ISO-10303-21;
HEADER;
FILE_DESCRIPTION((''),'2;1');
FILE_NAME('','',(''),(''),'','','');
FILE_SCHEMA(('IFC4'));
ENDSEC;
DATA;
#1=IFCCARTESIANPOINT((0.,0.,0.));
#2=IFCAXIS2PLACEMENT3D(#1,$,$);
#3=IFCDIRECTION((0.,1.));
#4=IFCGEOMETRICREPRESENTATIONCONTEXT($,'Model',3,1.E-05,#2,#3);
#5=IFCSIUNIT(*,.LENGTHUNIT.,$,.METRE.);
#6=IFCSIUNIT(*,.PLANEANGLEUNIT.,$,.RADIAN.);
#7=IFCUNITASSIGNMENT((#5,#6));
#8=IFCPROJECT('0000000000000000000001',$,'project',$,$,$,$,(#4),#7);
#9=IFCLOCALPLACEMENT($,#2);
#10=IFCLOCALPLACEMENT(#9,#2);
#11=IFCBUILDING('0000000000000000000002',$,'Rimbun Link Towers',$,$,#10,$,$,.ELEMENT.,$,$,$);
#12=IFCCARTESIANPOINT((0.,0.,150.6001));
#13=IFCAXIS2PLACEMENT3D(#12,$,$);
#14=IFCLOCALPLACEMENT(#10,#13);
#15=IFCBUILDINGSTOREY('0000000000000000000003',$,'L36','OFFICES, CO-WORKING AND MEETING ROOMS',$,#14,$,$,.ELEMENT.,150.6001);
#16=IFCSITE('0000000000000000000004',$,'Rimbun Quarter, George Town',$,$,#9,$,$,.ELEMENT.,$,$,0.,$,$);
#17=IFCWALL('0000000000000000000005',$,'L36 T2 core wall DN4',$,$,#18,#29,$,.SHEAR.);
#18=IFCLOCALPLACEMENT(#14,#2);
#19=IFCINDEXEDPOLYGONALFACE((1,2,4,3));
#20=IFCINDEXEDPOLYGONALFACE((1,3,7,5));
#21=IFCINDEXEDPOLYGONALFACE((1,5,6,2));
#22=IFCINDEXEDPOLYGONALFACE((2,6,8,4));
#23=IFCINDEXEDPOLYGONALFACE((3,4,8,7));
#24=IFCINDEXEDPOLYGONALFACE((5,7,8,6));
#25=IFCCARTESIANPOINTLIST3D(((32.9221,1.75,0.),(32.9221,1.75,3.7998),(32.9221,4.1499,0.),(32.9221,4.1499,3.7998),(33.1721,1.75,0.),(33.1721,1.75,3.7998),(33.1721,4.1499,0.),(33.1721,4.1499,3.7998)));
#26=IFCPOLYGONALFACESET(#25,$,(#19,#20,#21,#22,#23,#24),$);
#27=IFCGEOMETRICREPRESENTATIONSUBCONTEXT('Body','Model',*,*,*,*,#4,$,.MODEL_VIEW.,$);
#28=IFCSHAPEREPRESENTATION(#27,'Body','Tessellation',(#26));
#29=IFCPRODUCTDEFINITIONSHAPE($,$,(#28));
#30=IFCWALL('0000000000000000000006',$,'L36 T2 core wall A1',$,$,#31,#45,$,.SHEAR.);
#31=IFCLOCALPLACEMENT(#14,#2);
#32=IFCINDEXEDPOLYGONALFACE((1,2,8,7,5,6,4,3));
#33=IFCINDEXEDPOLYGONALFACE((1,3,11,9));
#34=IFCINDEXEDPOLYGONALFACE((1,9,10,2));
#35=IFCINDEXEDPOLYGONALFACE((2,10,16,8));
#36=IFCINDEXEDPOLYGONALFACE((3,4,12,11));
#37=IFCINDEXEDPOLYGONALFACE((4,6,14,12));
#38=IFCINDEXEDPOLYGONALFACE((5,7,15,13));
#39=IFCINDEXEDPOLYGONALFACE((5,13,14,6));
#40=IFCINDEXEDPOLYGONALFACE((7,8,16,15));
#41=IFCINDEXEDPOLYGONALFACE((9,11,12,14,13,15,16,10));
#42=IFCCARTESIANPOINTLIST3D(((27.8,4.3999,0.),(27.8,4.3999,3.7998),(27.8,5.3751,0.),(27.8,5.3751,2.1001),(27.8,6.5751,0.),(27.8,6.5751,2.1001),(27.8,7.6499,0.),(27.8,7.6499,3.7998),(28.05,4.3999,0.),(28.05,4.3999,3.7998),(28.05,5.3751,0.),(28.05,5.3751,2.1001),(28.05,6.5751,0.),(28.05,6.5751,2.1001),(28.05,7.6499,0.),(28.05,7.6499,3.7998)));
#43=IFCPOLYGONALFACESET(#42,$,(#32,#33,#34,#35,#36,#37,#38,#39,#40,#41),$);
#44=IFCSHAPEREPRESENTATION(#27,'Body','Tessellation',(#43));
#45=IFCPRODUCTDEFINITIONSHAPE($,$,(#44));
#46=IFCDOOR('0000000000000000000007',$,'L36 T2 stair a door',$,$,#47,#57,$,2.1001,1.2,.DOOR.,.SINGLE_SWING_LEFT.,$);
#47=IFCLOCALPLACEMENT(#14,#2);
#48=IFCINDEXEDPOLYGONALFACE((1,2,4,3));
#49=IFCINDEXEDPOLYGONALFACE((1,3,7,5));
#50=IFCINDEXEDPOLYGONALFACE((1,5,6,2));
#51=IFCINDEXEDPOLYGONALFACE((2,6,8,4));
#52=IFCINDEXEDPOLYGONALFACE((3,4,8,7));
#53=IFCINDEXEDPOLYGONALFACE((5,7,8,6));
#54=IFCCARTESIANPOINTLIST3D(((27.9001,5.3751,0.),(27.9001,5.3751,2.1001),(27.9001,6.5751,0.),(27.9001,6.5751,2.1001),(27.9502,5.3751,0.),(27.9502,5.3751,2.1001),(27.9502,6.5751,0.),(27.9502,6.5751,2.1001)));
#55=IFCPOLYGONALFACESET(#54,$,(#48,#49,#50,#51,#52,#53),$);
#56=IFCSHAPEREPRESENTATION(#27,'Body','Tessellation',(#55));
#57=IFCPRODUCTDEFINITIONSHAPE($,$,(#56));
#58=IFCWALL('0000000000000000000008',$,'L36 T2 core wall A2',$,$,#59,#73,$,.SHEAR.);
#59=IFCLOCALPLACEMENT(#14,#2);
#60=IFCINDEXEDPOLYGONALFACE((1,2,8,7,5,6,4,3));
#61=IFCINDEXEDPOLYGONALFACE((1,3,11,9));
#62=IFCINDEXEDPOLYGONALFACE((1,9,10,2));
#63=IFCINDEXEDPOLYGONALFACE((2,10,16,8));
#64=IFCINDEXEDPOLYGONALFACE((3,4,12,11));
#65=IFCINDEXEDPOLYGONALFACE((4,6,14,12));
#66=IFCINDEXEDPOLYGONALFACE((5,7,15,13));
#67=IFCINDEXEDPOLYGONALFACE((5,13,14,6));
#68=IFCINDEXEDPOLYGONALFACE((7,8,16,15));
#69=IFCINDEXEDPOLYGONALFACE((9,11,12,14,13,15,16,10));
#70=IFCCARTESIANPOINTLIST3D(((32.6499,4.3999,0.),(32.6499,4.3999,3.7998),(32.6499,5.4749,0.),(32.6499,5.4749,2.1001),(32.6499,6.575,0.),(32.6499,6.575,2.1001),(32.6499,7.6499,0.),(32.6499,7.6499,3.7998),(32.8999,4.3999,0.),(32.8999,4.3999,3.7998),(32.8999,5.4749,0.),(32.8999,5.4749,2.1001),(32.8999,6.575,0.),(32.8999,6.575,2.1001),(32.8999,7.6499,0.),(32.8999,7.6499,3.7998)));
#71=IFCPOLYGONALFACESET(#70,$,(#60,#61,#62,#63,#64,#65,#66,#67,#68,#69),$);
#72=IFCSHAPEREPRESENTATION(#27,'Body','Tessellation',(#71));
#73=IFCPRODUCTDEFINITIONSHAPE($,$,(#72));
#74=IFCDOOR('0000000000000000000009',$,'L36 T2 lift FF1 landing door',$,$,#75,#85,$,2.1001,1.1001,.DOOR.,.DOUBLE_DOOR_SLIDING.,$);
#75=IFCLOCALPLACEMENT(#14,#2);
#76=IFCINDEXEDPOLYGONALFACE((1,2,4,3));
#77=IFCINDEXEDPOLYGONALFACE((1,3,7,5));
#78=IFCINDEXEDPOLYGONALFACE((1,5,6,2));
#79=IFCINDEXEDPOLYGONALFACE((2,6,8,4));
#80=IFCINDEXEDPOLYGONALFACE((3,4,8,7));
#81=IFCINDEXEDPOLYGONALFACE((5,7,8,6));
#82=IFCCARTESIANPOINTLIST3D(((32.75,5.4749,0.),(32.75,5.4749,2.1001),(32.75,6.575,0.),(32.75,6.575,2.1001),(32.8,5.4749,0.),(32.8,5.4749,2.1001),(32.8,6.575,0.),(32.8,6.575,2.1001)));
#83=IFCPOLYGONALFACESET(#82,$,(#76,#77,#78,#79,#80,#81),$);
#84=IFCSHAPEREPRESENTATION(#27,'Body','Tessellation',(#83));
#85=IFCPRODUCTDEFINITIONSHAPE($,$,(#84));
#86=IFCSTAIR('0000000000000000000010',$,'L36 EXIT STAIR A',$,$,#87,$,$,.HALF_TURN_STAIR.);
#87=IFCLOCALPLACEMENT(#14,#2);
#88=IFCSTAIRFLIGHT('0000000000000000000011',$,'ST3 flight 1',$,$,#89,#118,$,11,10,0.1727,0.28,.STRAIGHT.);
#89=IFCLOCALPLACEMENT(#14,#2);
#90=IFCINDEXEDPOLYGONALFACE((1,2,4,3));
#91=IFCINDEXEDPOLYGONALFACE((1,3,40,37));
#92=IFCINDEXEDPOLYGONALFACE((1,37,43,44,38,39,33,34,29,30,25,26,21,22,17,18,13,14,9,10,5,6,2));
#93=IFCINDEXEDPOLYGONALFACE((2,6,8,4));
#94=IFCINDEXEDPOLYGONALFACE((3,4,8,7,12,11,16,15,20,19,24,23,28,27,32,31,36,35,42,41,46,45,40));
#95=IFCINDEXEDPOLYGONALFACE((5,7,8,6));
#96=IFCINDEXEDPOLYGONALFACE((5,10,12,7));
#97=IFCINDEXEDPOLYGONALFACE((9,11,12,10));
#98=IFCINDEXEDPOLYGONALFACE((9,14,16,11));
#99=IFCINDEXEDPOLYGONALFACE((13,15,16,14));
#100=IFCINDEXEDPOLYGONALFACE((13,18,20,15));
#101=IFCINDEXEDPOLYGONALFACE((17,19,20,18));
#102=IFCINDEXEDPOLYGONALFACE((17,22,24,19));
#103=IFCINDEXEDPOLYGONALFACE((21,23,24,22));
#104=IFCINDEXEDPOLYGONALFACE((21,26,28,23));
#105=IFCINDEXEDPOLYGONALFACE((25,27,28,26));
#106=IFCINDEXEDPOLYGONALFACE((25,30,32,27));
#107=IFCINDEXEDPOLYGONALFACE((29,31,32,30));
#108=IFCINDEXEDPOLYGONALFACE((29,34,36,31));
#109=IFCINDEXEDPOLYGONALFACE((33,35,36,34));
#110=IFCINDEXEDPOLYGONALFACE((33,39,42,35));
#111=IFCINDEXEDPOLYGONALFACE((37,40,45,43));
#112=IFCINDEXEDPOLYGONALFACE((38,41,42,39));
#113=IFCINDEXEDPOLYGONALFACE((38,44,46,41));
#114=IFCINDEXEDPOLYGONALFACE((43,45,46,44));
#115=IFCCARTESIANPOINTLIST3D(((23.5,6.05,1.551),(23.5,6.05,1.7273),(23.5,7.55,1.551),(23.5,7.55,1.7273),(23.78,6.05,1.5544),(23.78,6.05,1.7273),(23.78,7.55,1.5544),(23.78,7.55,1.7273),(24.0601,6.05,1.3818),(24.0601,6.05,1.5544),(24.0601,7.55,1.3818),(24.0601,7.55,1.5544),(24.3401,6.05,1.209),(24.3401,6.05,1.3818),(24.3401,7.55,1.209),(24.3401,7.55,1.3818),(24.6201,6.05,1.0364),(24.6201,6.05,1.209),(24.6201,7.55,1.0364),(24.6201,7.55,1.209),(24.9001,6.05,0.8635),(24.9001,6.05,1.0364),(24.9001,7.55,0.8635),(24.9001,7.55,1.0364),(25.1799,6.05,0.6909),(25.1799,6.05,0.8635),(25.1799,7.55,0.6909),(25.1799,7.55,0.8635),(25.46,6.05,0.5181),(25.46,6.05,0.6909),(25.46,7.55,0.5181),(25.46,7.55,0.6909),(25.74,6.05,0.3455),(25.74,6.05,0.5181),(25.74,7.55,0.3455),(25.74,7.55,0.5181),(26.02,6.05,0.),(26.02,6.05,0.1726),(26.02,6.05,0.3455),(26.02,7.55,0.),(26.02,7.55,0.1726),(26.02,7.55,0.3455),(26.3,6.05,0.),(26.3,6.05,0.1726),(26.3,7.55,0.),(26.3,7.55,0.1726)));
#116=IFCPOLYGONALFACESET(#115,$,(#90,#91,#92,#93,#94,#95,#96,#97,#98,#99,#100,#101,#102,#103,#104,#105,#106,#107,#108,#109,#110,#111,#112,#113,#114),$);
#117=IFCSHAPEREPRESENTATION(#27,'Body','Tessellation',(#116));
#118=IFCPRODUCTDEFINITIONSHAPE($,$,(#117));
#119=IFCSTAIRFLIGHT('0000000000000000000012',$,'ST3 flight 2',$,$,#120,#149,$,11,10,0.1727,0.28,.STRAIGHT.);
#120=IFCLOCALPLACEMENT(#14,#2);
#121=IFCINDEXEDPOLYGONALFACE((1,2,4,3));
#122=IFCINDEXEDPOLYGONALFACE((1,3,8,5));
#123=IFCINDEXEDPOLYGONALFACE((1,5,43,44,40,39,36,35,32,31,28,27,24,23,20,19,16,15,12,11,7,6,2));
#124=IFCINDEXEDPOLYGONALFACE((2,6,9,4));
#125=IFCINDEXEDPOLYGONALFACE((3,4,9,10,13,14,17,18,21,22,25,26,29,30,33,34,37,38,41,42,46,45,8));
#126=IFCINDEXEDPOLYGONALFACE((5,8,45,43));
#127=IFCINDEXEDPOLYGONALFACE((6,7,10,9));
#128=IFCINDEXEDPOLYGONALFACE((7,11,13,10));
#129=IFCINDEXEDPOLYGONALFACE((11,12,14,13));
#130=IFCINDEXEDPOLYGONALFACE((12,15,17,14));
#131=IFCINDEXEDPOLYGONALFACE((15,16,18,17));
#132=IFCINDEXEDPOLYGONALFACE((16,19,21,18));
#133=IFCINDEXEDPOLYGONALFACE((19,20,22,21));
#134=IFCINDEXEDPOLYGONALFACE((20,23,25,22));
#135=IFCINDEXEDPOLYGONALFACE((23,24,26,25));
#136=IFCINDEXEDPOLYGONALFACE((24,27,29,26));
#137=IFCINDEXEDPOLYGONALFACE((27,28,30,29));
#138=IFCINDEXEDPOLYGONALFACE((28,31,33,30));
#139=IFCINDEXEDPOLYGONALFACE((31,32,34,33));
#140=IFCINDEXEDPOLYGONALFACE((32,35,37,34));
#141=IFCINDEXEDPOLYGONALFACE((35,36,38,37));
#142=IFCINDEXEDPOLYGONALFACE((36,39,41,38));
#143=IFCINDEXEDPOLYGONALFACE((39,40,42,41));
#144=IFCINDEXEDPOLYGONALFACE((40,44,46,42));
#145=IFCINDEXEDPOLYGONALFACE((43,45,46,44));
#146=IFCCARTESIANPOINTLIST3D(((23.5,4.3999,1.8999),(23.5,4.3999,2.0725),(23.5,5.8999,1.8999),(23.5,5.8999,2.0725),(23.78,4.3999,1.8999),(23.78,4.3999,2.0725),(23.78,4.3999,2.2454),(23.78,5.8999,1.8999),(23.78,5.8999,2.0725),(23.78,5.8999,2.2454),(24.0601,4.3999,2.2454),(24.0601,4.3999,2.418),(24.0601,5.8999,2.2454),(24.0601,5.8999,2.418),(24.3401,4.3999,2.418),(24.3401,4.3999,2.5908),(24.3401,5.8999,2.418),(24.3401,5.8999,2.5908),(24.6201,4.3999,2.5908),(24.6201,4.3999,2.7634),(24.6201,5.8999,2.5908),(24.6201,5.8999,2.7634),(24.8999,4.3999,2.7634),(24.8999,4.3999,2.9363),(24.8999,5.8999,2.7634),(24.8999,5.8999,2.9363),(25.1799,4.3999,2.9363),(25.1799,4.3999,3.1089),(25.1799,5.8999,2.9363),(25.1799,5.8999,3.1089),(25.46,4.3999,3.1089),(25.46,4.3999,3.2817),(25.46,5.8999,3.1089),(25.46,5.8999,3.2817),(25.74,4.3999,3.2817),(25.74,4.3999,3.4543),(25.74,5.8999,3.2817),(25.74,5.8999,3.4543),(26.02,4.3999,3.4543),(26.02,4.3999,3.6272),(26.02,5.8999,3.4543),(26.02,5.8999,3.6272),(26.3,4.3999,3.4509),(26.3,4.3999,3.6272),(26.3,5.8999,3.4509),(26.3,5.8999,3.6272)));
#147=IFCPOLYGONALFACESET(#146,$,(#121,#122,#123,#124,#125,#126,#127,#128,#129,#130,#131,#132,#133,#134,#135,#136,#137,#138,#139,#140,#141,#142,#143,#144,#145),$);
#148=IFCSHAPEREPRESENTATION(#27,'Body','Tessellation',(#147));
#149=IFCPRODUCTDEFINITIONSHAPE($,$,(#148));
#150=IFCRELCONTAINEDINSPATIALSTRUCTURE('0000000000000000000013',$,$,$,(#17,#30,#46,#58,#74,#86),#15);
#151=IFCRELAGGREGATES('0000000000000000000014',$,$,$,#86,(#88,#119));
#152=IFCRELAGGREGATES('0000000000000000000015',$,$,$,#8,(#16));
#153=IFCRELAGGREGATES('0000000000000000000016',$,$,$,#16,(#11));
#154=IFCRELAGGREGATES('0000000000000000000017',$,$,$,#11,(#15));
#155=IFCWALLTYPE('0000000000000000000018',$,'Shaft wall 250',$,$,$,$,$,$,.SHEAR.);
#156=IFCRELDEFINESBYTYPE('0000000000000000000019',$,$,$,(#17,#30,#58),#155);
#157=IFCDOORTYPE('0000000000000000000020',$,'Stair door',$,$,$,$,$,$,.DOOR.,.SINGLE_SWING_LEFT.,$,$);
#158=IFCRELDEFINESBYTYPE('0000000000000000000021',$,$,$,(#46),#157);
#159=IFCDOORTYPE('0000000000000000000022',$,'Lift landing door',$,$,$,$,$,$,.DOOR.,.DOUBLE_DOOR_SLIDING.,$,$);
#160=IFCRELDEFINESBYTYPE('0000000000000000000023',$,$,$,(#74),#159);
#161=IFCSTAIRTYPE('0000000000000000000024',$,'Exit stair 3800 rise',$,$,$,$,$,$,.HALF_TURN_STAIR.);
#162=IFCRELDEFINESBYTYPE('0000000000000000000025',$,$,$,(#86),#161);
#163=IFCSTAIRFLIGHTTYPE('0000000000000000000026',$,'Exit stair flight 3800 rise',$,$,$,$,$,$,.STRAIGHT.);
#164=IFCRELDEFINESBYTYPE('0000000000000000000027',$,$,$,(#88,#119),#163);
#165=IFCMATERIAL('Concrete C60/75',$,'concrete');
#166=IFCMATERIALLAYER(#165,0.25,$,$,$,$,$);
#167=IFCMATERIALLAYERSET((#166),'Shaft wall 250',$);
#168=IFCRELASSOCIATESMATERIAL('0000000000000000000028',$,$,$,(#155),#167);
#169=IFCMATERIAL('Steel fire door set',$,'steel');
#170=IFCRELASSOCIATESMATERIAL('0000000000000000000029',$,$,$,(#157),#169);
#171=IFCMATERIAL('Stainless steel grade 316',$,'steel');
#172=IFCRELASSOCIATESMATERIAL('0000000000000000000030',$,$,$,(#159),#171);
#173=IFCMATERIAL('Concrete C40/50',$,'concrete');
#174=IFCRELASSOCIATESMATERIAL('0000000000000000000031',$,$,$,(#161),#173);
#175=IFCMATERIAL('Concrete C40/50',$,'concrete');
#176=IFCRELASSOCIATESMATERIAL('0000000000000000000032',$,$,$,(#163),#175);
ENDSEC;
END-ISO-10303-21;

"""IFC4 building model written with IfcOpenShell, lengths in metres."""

from ifc_helpers import new_model, si_unit, direction, frame, frame_2d, origin, place, context, subcontext, project, spatial, polyline, rectangle, outline, extrude, material, layer, layer_set, type_object, element, fill, aggregate, save


model = new_model("IFC4")

# Units and contexts
model_context = context("Model", 3, precision=1e-05, world=origin(), true_north=direction((0.0, 1.0)))
body_context = subcontext(model_context, "Body", "Model", "MODEL_VIEW")
ifc_project = project(units=[si_unit("LENGTHUNIT", "METRE"), si_unit("PLANEANGLEUNIT", "RADIAN")], contexts=[model_context])

# Site, building, storey
site_placement = place(None, origin())
site = spatial("IfcSite", under=ifc_project, at=site_placement, Name="Rimbun Quarter, George Town", CompositionType="ELEMENT", RefElevation=0.0)
building_placement = place(site_placement, origin())
building = spatial("IfcBuilding", under=site, at=building_placement, Name="Rimbun Link Towers", CompositionType="ELEMENT")
storey_placement = place(building_placement, frame((0.0, 0.0, 150.6001)))
storey = spatial("IfcBuildingStorey", under=building, at=storey_placement, Name="L36", Description="OFFICES, CO-WORKING AND MEETING ROOMS", CompositionType="ELEMENT", Elevation=150.6001)

# Shared definitions
ifc_material_1 = material(Name="Concrete C60/75", Category="concrete")
ifc_layer = layer(ifc_material_1, 0.25)
ifc_layer_set = layer_set([ifc_layer], Name="Shaft wall 250")
wall_type = type_object("IfcWallType", Name="Shaft wall 250", PredefinedType="SHEAR", material=ifc_layer_set)

# Wall
wall_1_placement = place(storey_placement, frame((33.0471, 1.75, 0.0), z_axis=(0.0, 0.0, 1.0), x_axis=(0.0, 1.0, 0.0)))
element("IfcWall", 1, at=wall_1_placement, inside=storey, type_object=wall_type, Name="L36 T2 core wall DN4", PredefinedType="SHEAR", context=body_context, shape_type="SweptSolid", body=[
    extrude(rectangle(XDim=2.3999, YDim=0.25, at=frame_2d((1.2, 0.0))), origin(), (0.0, 0.0, 1.0), 3.7998),
])

# Walls, openings, doors
wall_2_placement = place(storey_placement, frame((27.925, 4.3999, 0.0), z_axis=(0.0, 0.0, 1.0), x_axis=(0.0, 1.0, 0.0)))
wall_2 = element("IfcWall", 2, at=wall_2_placement, inside=storey, type_object=wall_type, Name="L36 T2 core wall A1", PredefinedType="SHEAR", context=body_context, shape_type="SweptSolid", body=[
    extrude(rectangle(XDim=3.25, YDim=0.25, at=frame_2d((1.625, 0.0))), origin(), (0.0, 0.0, 1.0), 3.7998),
])
opening_1_placement = place(wall_2_placement, frame((0.9751, 0.0, 0.0)))
opening_1 = element("IfcOpeningElement", 3, at=opening_1_placement, cuts=wall_2, PredefinedType="OPENING", context=body_context, shape_type="SweptSolid", body=[
    extrude(rectangle(XDim=1.2, YDim=2.1001, at=frame_2d((0.6001, 1.05))), frame((0.0, 0.135, 0.0), z_axis=(0.0, -1.0, 0.0), x_axis=(1.0, 0.0, 0.0)), (0.0, 0.0, 1.0), 0.27),
])
ifc_material_2 = material(Name="Steel fire door set", Category="steel")
door_type_1 = type_object("IfcDoorType", Name="Stair door", OperationType="SINGLE_SWING_LEFT", PredefinedType="DOOR", material=ifc_material_2)
door_1_placement = place(opening_1_placement, origin())
door_1 = element("IfcDoor", 4, at=door_1_placement, inside=storey, type_object=door_type_1, Name="L36 T2 stair a door", OperationType="SINGLE_SWING_LEFT", OverallHeight=2.1001, OverallWidth=1.2, PredefinedType="DOOR", context=body_context, shape_type="SweptSolid", body=[
    extrude(rectangle(XDim=1.2, YDim=2.1001, at=frame_2d((0.6001, 1.05))), frame((0.0, 0.0249, 0.0), z_axis=(0.0, -1.0, 0.0), x_axis=(1.0, 0.0, 0.0)), (0.0, 0.0, 1.0), 0.05),
])
fill(opening_1, door_1)
wall_3_placement = place(storey_placement, frame((32.7749, 4.3999, 0.0), z_axis=(0.0, 0.0, 1.0), x_axis=(0.0, 1.0, 0.0)))
wall_3 = element("IfcWall", 5, at=wall_3_placement, inside=storey, type_object=wall_type, Name="L36 T2 core wall A2", PredefinedType="SHEAR", context=body_context, shape_type="SweptSolid", body=[
    extrude(rectangle(XDim=3.25, YDim=0.25, at=frame_2d((1.625, 0.0))), origin(), (0.0, 0.0, 1.0), 3.7998),
])
opening_2_placement = place(wall_3_placement, frame((1.075, 0.0, 0.0)))
opening_2 = element("IfcOpeningElement", 6, at=opening_2_placement, cuts=wall_3, PredefinedType="OPENING", context=body_context, shape_type="SweptSolid", body=[
    extrude(rectangle(XDim=1.1001, YDim=2.1001, at=frame_2d((0.55, 1.05))), frame((0.0, 0.135, 0.0), z_axis=(0.0, -1.0, 0.0), x_axis=(1.0, 0.0, 0.0)), (0.0, 0.0, 1.0), 0.27),
])
ifc_material_3 = material(Name="Stainless steel grade 316", Category="steel")
door_type_2 = type_object("IfcDoorType", Name="Lift landing door", OperationType="DOUBLE_DOOR_SLIDING", PredefinedType="DOOR", material=ifc_material_3)
door_2_placement = place(opening_2_placement, origin())
door_2 = element("IfcDoor", 7, at=door_2_placement, inside=storey, type_object=door_type_2, Name="L36 T2 lift FF1 landing door", OperationType="DOUBLE_DOOR_SLIDING", OverallHeight=2.1001, OverallWidth=1.1001, PredefinedType="DOOR", context=body_context, shape_type="SweptSolid", body=[
    extrude(rectangle(XDim=1.1001, YDim=2.1001, at=frame_2d((0.55, 1.05))), frame((0.0, 0.0249, 0.0), z_axis=(0.0, -1.0, 0.0), x_axis=(1.0, 0.0, 0.0)), (0.0, 0.0, 1.0), 0.05),
])
fill(opening_2, door_2)

# Stair, stair flights
ifc_material_4 = material(Name="Concrete C40/50", Category="concrete")
stair_type = type_object("IfcStairType", Name="Exit stair 3800 rise", PredefinedType="HALF_TURN_STAIR", material=ifc_material_4)
stair_placement = place(storey_placement, origin())
stair = element("IfcStair", 8, at=stair_placement, inside=storey, type_object=stair_type, Name="L36 EXIT STAIR A", PredefinedType="HALF_TURN_STAIR")
ifc_material_5 = material(Name="Concrete C40/50", Category="concrete")
stair_flight_type = type_object("IfcStairFlightType", Name="Exit stair flight 3800 rise", PredefinedType="STRAIGHT", material=ifc_material_5)
stair_flight_1_placement = place(storey_placement, frame((26.3, 6.8, 0.0), z_axis=(0.0, 0.0, 1.0), x_axis=(-1.0, 0.0, 0.0)))
stair_flight_1 = element("IfcStairFlight", 9, at=stair_flight_1_placement, type_object=stair_flight_type, Name="ST3 flight 1", NumberOfRisers=11, NumberOfTreads=10, PredefinedType="STRAIGHT", RiserHeight=0.1727, TreadLength=0.28, context=body_context, shape_type="SweptSolid", body=[
    extrude(outline(polyline([(0.0, 0.0), (0.0, 0.1726), (0.28, 0.1726), (0.28, 0.3455), (0.5601, 0.3455), (0.5601, 0.5181), (0.8401, 0.5181), (0.8401, 0.6909), (1.1201, 0.6909), (1.1201, 0.8635), (1.3999, 0.8635), (1.3999, 1.0364), (1.6799, 1.0364), (1.6799, 1.209), (1.96, 1.209), (1.96, 1.3818), (2.24, 1.3818), (2.24, 1.5544), (2.52, 1.5544), (2.52, 1.7273), (2.8, 1.7273), (2.8, 1.8999), (2.8, 1.551), (0.28, 0.0), (0.0, 0.0)])), frame((0.0, 0.75, 0.0), z_axis=(0.0, -1.0, 0.0), x_axis=(1.0, 0.0, 0.0)), (0.0, 0.0, 1.0), 1.5),
])
stair_flight_2_placement = place(storey_placement, frame((23.5, 5.1499, 1.8999), z_axis=(0.0, 0.0, 1.0), x_axis=(1.0, 0.0, 0.0)))
stair_flight_2 = element("IfcStairFlight", 10, at=stair_flight_2_placement, type_object=stair_flight_type, Name="ST3 flight 2", NumberOfRisers=11, NumberOfTreads=10, PredefinedType="STRAIGHT", RiserHeight=0.1727, TreadLength=0.28, context=body_context, shape_type="SweptSolid", body=[
    extrude(outline(polyline([(0.0, 0.0), (0.0, 0.1726), (0.28, 0.1726), (0.28, 0.3455), (0.5601, 0.3455), (0.5601, 0.5181), (0.8401, 0.5181), (0.8401, 0.6909), (1.1201, 0.6909), (1.1201, 0.8635), (1.3999, 0.8635), (1.3999, 1.0364), (1.6799, 1.0364), (1.6799, 1.209), (1.96, 1.209), (1.96, 1.3818), (2.24, 1.3818), (2.24, 1.5544), (2.52, 1.5544), (2.52, 1.7273), (2.8, 1.7273), (2.8, 1.8999), (2.8, 1.551), (0.28, 0.0), (0.0, 0.0)])), frame((0.0, 0.75, 0.0), z_axis=(0.0, -1.0, 0.0), x_axis=(1.0, 0.0, 0.0)), (0.0, 0.0, 1.0), 1.5),
])
aggregate(stair, [stair_flight_1, stair_flight_2])

save(model, "model.ifc")
